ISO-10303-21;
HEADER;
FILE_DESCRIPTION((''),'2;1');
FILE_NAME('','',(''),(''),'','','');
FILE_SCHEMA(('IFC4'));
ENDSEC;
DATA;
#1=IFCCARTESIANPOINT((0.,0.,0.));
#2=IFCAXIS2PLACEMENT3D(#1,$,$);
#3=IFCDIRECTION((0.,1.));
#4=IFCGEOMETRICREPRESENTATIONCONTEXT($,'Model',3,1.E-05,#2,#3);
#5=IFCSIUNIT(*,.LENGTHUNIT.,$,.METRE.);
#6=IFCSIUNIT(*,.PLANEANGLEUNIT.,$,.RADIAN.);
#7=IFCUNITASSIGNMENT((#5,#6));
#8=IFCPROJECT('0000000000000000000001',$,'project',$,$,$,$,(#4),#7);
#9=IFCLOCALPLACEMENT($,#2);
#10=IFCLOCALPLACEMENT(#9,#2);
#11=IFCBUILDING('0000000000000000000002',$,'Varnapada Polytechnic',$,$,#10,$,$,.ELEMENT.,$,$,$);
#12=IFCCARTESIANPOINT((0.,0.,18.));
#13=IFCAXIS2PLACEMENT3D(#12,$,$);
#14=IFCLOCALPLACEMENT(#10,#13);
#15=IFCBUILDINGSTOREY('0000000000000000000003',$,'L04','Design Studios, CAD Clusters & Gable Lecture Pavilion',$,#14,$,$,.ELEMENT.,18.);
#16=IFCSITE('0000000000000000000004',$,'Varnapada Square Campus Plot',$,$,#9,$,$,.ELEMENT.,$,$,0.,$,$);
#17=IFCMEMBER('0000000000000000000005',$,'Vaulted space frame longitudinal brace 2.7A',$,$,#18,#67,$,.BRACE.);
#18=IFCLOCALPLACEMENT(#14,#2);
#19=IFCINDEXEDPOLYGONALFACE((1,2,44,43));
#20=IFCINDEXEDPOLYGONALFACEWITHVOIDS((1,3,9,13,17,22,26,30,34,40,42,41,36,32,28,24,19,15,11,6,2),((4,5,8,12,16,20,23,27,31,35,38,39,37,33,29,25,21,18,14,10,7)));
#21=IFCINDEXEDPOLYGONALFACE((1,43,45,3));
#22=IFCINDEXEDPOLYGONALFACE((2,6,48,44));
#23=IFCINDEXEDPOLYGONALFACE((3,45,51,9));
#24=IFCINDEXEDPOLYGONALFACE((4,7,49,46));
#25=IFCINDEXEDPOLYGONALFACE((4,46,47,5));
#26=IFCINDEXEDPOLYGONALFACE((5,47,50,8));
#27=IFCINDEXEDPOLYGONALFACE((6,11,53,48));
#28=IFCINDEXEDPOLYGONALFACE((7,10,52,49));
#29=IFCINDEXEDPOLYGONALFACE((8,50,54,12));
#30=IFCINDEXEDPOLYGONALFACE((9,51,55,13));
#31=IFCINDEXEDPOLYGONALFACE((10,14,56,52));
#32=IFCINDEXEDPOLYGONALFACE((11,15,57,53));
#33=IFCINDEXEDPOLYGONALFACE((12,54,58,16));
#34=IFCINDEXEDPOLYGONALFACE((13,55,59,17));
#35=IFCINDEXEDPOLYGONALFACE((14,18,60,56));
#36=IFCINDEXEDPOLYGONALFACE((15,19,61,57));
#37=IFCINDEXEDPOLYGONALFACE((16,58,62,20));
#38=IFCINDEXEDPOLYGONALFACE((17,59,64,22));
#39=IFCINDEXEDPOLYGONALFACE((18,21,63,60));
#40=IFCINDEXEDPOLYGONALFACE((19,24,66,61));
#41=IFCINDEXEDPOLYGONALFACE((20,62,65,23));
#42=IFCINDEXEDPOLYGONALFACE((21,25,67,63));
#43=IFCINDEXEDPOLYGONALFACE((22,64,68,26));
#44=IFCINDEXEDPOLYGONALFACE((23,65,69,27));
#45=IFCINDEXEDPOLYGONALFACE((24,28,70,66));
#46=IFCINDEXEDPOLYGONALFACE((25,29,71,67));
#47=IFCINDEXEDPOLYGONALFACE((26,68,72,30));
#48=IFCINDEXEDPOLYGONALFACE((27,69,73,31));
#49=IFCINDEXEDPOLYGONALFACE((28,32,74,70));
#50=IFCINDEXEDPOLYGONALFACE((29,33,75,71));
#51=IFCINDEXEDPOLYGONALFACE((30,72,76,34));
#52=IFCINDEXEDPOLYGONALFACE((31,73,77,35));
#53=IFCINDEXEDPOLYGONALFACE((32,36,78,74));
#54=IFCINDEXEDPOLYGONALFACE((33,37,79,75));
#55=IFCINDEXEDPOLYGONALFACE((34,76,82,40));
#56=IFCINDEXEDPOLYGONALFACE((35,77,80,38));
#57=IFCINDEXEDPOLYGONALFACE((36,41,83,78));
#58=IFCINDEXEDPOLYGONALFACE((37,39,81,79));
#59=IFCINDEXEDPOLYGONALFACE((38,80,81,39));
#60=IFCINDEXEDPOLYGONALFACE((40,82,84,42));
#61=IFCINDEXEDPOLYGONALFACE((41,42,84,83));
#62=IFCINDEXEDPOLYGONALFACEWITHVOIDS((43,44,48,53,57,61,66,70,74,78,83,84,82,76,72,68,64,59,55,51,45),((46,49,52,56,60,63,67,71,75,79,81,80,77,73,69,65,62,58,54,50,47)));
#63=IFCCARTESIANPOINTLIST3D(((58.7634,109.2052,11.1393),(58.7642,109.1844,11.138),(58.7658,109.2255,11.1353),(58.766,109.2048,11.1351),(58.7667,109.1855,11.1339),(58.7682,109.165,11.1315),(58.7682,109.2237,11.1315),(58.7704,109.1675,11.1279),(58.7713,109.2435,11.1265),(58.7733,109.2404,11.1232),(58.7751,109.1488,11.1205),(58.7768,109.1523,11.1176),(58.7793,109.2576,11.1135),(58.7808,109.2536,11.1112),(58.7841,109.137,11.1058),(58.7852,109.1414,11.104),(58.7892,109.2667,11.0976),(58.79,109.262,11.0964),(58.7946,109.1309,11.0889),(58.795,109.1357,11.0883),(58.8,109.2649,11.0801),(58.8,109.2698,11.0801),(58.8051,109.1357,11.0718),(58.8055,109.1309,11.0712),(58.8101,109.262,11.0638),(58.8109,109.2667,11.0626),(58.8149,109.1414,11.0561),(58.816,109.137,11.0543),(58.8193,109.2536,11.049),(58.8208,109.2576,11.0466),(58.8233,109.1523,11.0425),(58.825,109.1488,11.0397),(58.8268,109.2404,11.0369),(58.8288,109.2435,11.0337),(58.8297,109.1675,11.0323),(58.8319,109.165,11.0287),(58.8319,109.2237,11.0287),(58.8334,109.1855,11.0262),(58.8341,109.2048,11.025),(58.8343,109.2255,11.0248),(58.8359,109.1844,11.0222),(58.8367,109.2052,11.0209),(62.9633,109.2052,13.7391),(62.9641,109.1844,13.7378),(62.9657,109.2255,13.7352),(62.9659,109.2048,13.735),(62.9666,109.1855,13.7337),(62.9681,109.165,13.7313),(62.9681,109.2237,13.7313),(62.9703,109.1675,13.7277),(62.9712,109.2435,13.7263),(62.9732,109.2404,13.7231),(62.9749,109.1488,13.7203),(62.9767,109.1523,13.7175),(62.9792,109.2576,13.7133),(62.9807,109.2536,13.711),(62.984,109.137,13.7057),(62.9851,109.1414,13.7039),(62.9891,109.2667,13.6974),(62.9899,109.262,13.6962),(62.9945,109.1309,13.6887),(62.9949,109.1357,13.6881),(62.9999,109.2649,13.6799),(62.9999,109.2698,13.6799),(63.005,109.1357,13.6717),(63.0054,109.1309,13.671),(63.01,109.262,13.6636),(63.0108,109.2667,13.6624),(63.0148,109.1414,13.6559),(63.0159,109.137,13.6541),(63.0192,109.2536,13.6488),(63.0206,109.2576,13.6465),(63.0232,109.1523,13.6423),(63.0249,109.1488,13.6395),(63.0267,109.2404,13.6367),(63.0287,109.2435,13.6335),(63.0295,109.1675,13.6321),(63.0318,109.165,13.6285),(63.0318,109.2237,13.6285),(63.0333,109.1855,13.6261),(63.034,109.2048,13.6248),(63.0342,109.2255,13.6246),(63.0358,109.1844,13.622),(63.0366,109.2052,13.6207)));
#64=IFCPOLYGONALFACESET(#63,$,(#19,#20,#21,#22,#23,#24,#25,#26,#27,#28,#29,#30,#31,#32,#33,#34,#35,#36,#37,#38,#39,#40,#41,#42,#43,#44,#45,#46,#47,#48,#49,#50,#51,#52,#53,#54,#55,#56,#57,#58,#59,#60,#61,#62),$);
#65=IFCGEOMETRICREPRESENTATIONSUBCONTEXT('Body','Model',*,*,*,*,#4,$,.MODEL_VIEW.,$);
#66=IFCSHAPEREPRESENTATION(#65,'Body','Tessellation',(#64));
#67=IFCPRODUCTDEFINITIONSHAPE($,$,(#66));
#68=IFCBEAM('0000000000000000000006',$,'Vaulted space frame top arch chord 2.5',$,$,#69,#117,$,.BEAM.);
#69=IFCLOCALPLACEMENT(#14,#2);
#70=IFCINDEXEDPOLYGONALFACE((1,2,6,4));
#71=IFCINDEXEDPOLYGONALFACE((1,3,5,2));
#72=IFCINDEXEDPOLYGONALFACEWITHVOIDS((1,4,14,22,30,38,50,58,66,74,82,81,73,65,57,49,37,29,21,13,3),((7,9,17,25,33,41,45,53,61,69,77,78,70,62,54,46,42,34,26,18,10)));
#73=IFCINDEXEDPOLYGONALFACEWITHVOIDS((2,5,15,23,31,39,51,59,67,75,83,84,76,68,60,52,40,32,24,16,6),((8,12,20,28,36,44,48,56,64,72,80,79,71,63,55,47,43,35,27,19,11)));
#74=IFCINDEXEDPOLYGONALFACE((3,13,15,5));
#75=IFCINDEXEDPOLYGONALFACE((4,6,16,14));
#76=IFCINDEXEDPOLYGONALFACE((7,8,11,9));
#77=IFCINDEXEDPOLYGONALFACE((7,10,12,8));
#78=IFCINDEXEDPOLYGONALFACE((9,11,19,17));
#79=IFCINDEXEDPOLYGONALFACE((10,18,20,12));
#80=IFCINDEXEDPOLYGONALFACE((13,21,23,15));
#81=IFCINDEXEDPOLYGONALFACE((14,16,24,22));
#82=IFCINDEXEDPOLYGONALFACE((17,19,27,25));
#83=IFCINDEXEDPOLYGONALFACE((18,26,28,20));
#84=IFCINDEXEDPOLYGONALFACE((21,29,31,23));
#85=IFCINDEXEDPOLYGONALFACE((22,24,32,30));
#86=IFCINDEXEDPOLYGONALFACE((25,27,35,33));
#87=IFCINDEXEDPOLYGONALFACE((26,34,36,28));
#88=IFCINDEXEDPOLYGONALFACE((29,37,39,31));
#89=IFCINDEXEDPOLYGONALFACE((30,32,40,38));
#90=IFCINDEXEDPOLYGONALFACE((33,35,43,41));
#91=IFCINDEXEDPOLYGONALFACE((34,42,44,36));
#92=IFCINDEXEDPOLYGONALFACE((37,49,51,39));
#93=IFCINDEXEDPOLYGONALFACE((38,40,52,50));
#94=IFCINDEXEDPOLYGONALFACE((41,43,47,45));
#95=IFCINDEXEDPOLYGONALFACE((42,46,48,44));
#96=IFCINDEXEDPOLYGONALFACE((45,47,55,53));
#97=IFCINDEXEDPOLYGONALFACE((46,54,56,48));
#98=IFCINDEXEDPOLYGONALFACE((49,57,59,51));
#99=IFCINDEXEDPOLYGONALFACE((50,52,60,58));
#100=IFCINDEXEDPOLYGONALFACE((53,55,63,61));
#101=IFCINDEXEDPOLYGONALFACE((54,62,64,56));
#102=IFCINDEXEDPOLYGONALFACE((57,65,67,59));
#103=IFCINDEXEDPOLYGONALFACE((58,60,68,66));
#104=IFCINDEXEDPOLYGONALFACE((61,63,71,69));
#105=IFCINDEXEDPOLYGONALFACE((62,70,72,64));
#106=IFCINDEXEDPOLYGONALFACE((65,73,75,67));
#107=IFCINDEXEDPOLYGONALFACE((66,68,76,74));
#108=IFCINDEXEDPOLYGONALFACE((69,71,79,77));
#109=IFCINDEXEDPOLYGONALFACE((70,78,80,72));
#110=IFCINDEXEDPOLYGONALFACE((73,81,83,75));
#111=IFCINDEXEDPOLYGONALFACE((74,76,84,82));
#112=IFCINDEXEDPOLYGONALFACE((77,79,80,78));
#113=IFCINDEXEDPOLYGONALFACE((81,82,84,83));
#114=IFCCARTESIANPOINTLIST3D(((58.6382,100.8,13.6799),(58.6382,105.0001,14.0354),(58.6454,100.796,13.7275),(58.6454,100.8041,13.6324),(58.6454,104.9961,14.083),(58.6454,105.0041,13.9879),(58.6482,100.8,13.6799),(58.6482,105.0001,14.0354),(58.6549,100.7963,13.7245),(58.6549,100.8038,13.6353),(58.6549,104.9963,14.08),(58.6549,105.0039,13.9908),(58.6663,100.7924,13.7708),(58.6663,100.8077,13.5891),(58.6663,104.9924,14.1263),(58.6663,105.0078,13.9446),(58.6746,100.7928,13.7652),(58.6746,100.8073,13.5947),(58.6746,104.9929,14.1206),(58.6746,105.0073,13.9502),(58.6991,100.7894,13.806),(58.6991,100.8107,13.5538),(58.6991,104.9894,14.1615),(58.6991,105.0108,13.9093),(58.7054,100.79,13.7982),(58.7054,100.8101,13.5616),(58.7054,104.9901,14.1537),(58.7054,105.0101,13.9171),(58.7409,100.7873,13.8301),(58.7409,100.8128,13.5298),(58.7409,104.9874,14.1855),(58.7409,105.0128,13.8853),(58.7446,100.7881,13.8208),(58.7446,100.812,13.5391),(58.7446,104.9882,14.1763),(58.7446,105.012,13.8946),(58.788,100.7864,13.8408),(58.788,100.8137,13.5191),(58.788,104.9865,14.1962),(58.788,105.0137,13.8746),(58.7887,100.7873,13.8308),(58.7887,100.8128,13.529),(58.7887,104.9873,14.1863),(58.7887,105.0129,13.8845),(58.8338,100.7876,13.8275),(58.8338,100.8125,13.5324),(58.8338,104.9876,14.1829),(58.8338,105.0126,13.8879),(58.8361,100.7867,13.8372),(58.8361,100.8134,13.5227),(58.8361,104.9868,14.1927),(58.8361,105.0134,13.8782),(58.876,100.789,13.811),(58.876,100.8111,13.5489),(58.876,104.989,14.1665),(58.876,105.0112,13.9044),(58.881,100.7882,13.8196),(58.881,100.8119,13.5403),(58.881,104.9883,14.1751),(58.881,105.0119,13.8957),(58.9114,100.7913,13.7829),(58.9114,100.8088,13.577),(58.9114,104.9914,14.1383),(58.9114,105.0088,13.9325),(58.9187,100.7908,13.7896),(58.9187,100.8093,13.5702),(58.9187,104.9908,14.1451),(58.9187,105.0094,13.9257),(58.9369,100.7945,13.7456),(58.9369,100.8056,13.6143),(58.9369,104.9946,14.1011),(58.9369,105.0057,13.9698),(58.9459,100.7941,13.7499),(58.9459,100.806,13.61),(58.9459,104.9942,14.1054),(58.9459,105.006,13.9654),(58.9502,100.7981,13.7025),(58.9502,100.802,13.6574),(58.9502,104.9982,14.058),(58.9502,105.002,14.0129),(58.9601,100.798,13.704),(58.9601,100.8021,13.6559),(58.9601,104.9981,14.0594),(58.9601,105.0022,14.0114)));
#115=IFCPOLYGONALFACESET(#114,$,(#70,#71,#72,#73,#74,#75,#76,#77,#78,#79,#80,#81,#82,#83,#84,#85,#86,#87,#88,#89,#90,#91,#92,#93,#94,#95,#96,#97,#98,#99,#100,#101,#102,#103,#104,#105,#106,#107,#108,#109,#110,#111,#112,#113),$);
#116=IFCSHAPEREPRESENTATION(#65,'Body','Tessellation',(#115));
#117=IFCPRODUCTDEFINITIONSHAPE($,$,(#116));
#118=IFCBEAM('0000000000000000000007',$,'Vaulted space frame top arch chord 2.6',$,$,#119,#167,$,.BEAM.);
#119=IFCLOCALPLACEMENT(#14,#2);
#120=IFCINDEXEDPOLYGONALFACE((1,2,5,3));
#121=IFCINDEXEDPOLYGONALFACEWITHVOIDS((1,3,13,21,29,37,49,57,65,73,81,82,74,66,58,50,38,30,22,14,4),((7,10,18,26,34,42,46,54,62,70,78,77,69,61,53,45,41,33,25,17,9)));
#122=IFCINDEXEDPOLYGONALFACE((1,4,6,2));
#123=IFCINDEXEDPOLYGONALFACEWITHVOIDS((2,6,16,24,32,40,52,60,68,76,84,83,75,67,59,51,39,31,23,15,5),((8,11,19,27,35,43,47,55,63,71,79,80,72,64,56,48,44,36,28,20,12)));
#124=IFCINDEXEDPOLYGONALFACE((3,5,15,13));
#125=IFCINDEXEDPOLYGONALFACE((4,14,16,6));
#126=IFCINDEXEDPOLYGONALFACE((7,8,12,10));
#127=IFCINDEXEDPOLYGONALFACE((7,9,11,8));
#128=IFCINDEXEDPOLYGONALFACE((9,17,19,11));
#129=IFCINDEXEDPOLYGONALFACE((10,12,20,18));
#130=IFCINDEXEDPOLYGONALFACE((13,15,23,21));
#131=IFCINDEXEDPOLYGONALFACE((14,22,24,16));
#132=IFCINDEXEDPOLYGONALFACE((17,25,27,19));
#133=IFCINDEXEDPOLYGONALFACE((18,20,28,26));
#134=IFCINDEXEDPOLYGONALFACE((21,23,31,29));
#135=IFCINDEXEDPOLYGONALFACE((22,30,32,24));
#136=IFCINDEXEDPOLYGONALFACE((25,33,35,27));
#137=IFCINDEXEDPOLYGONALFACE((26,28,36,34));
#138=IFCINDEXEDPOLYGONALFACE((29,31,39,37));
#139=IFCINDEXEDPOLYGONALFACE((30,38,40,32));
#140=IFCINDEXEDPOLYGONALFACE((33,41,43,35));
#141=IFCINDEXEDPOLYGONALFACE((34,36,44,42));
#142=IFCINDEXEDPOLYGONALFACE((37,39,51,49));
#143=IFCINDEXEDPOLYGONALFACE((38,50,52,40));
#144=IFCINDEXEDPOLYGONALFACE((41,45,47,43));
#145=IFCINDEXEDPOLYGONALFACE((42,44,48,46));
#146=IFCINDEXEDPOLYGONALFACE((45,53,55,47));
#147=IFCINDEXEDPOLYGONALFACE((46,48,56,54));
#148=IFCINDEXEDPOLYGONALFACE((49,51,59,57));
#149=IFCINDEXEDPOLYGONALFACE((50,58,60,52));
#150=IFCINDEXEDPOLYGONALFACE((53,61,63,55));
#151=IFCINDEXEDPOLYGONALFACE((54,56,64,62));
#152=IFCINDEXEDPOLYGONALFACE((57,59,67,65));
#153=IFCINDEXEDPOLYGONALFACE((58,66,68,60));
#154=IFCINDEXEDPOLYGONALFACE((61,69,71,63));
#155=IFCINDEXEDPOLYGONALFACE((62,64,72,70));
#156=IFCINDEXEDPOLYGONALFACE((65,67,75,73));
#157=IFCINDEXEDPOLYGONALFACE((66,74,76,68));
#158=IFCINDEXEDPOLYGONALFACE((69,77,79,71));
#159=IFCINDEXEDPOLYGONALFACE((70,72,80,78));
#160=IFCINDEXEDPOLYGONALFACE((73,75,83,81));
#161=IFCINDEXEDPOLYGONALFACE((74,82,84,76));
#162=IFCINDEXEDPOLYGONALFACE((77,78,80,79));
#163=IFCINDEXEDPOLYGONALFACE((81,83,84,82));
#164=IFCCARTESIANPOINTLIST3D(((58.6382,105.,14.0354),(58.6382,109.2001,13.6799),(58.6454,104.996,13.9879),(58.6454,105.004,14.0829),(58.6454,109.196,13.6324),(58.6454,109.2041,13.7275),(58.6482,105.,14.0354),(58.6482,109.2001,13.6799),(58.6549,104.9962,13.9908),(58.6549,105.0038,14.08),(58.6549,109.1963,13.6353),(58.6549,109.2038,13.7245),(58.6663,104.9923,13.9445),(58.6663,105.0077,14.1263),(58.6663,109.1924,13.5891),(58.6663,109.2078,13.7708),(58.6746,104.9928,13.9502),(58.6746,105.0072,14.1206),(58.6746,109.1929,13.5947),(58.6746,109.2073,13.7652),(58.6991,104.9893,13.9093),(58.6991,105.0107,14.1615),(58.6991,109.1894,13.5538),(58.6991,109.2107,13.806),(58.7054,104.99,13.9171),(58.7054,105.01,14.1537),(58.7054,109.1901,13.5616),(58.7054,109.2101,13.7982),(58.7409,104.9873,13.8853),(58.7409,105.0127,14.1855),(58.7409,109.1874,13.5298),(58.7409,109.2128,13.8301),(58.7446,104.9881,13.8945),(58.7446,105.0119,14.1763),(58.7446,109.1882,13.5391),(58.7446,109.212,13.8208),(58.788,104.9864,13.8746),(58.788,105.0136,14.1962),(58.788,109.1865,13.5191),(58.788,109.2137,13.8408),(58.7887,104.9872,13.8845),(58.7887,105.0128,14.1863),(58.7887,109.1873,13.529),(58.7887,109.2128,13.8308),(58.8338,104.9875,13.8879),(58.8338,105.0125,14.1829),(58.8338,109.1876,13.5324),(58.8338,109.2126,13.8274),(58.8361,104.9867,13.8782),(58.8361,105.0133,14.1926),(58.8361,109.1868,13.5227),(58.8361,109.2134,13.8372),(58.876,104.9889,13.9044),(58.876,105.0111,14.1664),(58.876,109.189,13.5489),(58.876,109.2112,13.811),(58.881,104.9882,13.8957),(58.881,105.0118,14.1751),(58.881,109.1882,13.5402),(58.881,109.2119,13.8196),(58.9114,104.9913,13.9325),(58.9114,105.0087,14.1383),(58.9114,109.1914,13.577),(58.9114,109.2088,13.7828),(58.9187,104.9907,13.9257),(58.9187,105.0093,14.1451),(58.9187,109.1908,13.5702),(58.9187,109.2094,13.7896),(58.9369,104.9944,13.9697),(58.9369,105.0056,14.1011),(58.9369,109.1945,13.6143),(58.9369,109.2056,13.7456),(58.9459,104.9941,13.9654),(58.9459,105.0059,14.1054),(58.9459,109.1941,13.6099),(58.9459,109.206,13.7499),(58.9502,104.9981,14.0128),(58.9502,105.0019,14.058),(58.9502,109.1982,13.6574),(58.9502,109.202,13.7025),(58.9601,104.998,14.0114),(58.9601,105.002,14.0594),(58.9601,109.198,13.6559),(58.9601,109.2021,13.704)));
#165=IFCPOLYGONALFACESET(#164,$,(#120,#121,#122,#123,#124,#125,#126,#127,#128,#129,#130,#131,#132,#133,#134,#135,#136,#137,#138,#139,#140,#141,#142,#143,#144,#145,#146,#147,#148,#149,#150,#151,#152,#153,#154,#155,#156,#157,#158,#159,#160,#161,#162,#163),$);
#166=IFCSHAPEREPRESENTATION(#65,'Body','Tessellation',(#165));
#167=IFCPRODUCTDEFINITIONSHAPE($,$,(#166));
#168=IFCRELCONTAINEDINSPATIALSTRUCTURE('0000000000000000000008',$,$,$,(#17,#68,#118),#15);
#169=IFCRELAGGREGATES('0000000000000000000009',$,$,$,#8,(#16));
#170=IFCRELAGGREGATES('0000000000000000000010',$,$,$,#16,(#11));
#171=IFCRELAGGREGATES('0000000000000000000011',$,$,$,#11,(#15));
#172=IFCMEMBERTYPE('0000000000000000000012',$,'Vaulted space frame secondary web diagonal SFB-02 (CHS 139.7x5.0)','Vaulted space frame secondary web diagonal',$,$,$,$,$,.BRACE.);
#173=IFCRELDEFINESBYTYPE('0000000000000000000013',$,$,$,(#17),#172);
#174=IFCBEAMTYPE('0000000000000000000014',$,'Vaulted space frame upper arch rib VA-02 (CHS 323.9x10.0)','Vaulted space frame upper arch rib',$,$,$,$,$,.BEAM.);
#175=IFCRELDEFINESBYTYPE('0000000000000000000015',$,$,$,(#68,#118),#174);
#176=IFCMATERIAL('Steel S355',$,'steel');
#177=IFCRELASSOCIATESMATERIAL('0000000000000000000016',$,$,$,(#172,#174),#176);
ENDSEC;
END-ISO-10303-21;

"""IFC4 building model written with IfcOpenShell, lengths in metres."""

from ifc_helpers import new_model, si_unit, direction, frame, origin, origin_2d, place, context, subcontext, project, spatial, hollow_circle, extrude, material, material_profile, profile_set, type_object, element, save


model = new_model("IFC4")

# Units and contexts
model_context = context("Model", 3, precision=1e-05, world=origin(), true_north=direction((0.0, 1.0)))
body_context = subcontext(model_context, "Body", "Model", "MODEL_VIEW")
ifc_project = project(units=[si_unit("LENGTHUNIT", "METRE"), si_unit("PLANEANGLEUNIT", "RADIAN")], contexts=[model_context])

# Site, building, storey
site_placement = place(None, origin())
site = spatial("IfcSite", under=ifc_project, at=site_placement, Name="Varnapada Square Campus Plot", CompositionType="ELEMENT", RefElevation=0.0)
building_placement = place(site_placement, origin())
building = spatial("IfcBuilding", under=site, at=building_placement, Name="Varnapada Polytechnic", CompositionType="ELEMENT")
storey_placement = place(building_placement, frame((0.0, 0.0, 18.0)))
storey = spatial("IfcBuildingStorey", under=building, at=storey_placement, Name="L04", Description="Design Studios, CAD Clusters & Gable Lecture Pavilion", CompositionType="ELEMENT", Elevation=18.0)

# Shared definitions
ifc_material = material(Name="Steel S355", Category="steel")

# Member
ifc_material_profile_1 = material_profile(ifc_material, hollow_circle(Radius=0.0698, WallThickness=0.0049, at=origin_2d()), Name="CHS 139.7x5.0")
ifc_profile_set_1 = profile_set([ifc_material_profile_1], Name="Steel S355")
member_type_1 = type_object("IfcMemberType", Name="Vaulted space frame secondary web diagonal SFB-02 (CHS 139.7x5.0)", Description="Vaulted space frame secondary web diagonal", PredefinedType="BRACE", material=ifc_profile_set_1)
for number, where, z_axis, x_axis, name in (
    (1, (58.8, 109.2, 11.0801), (0.850276, 0.0, 0.526338), (0.0, 1.0, 0.0), "Vaulted space frame longitudinal brace 2.7A"),
):
    element("IfcMember", number, at=place(storey_placement, frame(where, z_axis=z_axis, x_axis=x_axis)), inside=storey, type_object=member_type_1, Name=name, PredefinedType="BRACE", context=body_context, shape_type="SweptSolid", body=[
        extrude(hollow_circle(Radius=0.0698, WallThickness=0.0049, at=origin_2d()), origin(), (0.0, 0.0, 1.0), 4.9395),
    ])

# Beams
ifc_material_profile_2 = material_profile(ifc_material, hollow_circle(Radius=0.1619, WallThickness=0.01, at=origin_2d()), Name="CHS 323.9x10.0")
ifc_profile_set_2 = profile_set([ifc_material_profile_2], Name="Steel S355")
beam_type_1 = type_object("IfcBeamType", Name="Vaulted space frame upper arch rib VA-02 (CHS 323.9x10.0)", Description="Vaulted space frame upper arch rib", PredefinedType="BEAM", material=ifc_profile_set_2)
for number, where, z_axis, x_axis, name in (
    (2, (58.8, 100.8, 13.6799), (0.0, 0.996437, 0.084335), (-1.0, 0.0, 0.0), "Vaulted space frame top arch chord 2.5"),
    (3, (58.8, 105.0, 14.0354), (0.0, 0.996437, -0.084335), (-1.0, 0.0, 0.0), "Vaulted space frame top arch chord 2.6"),
):
    element("IfcBeam", number, at=place(storey_placement, frame(where, z_axis=z_axis, x_axis=x_axis)), inside=storey, type_object=beam_type_1, Name=name, PredefinedType="BEAM", context=body_context, shape_type="SweptSolid", body=[
        extrude(hollow_circle(Radius=0.1619, WallThickness=0.01, at=origin_2d()), origin(), (0.0, 0.0, 1.0), 4.2151),
    ])

save(model, "model.ifc")
